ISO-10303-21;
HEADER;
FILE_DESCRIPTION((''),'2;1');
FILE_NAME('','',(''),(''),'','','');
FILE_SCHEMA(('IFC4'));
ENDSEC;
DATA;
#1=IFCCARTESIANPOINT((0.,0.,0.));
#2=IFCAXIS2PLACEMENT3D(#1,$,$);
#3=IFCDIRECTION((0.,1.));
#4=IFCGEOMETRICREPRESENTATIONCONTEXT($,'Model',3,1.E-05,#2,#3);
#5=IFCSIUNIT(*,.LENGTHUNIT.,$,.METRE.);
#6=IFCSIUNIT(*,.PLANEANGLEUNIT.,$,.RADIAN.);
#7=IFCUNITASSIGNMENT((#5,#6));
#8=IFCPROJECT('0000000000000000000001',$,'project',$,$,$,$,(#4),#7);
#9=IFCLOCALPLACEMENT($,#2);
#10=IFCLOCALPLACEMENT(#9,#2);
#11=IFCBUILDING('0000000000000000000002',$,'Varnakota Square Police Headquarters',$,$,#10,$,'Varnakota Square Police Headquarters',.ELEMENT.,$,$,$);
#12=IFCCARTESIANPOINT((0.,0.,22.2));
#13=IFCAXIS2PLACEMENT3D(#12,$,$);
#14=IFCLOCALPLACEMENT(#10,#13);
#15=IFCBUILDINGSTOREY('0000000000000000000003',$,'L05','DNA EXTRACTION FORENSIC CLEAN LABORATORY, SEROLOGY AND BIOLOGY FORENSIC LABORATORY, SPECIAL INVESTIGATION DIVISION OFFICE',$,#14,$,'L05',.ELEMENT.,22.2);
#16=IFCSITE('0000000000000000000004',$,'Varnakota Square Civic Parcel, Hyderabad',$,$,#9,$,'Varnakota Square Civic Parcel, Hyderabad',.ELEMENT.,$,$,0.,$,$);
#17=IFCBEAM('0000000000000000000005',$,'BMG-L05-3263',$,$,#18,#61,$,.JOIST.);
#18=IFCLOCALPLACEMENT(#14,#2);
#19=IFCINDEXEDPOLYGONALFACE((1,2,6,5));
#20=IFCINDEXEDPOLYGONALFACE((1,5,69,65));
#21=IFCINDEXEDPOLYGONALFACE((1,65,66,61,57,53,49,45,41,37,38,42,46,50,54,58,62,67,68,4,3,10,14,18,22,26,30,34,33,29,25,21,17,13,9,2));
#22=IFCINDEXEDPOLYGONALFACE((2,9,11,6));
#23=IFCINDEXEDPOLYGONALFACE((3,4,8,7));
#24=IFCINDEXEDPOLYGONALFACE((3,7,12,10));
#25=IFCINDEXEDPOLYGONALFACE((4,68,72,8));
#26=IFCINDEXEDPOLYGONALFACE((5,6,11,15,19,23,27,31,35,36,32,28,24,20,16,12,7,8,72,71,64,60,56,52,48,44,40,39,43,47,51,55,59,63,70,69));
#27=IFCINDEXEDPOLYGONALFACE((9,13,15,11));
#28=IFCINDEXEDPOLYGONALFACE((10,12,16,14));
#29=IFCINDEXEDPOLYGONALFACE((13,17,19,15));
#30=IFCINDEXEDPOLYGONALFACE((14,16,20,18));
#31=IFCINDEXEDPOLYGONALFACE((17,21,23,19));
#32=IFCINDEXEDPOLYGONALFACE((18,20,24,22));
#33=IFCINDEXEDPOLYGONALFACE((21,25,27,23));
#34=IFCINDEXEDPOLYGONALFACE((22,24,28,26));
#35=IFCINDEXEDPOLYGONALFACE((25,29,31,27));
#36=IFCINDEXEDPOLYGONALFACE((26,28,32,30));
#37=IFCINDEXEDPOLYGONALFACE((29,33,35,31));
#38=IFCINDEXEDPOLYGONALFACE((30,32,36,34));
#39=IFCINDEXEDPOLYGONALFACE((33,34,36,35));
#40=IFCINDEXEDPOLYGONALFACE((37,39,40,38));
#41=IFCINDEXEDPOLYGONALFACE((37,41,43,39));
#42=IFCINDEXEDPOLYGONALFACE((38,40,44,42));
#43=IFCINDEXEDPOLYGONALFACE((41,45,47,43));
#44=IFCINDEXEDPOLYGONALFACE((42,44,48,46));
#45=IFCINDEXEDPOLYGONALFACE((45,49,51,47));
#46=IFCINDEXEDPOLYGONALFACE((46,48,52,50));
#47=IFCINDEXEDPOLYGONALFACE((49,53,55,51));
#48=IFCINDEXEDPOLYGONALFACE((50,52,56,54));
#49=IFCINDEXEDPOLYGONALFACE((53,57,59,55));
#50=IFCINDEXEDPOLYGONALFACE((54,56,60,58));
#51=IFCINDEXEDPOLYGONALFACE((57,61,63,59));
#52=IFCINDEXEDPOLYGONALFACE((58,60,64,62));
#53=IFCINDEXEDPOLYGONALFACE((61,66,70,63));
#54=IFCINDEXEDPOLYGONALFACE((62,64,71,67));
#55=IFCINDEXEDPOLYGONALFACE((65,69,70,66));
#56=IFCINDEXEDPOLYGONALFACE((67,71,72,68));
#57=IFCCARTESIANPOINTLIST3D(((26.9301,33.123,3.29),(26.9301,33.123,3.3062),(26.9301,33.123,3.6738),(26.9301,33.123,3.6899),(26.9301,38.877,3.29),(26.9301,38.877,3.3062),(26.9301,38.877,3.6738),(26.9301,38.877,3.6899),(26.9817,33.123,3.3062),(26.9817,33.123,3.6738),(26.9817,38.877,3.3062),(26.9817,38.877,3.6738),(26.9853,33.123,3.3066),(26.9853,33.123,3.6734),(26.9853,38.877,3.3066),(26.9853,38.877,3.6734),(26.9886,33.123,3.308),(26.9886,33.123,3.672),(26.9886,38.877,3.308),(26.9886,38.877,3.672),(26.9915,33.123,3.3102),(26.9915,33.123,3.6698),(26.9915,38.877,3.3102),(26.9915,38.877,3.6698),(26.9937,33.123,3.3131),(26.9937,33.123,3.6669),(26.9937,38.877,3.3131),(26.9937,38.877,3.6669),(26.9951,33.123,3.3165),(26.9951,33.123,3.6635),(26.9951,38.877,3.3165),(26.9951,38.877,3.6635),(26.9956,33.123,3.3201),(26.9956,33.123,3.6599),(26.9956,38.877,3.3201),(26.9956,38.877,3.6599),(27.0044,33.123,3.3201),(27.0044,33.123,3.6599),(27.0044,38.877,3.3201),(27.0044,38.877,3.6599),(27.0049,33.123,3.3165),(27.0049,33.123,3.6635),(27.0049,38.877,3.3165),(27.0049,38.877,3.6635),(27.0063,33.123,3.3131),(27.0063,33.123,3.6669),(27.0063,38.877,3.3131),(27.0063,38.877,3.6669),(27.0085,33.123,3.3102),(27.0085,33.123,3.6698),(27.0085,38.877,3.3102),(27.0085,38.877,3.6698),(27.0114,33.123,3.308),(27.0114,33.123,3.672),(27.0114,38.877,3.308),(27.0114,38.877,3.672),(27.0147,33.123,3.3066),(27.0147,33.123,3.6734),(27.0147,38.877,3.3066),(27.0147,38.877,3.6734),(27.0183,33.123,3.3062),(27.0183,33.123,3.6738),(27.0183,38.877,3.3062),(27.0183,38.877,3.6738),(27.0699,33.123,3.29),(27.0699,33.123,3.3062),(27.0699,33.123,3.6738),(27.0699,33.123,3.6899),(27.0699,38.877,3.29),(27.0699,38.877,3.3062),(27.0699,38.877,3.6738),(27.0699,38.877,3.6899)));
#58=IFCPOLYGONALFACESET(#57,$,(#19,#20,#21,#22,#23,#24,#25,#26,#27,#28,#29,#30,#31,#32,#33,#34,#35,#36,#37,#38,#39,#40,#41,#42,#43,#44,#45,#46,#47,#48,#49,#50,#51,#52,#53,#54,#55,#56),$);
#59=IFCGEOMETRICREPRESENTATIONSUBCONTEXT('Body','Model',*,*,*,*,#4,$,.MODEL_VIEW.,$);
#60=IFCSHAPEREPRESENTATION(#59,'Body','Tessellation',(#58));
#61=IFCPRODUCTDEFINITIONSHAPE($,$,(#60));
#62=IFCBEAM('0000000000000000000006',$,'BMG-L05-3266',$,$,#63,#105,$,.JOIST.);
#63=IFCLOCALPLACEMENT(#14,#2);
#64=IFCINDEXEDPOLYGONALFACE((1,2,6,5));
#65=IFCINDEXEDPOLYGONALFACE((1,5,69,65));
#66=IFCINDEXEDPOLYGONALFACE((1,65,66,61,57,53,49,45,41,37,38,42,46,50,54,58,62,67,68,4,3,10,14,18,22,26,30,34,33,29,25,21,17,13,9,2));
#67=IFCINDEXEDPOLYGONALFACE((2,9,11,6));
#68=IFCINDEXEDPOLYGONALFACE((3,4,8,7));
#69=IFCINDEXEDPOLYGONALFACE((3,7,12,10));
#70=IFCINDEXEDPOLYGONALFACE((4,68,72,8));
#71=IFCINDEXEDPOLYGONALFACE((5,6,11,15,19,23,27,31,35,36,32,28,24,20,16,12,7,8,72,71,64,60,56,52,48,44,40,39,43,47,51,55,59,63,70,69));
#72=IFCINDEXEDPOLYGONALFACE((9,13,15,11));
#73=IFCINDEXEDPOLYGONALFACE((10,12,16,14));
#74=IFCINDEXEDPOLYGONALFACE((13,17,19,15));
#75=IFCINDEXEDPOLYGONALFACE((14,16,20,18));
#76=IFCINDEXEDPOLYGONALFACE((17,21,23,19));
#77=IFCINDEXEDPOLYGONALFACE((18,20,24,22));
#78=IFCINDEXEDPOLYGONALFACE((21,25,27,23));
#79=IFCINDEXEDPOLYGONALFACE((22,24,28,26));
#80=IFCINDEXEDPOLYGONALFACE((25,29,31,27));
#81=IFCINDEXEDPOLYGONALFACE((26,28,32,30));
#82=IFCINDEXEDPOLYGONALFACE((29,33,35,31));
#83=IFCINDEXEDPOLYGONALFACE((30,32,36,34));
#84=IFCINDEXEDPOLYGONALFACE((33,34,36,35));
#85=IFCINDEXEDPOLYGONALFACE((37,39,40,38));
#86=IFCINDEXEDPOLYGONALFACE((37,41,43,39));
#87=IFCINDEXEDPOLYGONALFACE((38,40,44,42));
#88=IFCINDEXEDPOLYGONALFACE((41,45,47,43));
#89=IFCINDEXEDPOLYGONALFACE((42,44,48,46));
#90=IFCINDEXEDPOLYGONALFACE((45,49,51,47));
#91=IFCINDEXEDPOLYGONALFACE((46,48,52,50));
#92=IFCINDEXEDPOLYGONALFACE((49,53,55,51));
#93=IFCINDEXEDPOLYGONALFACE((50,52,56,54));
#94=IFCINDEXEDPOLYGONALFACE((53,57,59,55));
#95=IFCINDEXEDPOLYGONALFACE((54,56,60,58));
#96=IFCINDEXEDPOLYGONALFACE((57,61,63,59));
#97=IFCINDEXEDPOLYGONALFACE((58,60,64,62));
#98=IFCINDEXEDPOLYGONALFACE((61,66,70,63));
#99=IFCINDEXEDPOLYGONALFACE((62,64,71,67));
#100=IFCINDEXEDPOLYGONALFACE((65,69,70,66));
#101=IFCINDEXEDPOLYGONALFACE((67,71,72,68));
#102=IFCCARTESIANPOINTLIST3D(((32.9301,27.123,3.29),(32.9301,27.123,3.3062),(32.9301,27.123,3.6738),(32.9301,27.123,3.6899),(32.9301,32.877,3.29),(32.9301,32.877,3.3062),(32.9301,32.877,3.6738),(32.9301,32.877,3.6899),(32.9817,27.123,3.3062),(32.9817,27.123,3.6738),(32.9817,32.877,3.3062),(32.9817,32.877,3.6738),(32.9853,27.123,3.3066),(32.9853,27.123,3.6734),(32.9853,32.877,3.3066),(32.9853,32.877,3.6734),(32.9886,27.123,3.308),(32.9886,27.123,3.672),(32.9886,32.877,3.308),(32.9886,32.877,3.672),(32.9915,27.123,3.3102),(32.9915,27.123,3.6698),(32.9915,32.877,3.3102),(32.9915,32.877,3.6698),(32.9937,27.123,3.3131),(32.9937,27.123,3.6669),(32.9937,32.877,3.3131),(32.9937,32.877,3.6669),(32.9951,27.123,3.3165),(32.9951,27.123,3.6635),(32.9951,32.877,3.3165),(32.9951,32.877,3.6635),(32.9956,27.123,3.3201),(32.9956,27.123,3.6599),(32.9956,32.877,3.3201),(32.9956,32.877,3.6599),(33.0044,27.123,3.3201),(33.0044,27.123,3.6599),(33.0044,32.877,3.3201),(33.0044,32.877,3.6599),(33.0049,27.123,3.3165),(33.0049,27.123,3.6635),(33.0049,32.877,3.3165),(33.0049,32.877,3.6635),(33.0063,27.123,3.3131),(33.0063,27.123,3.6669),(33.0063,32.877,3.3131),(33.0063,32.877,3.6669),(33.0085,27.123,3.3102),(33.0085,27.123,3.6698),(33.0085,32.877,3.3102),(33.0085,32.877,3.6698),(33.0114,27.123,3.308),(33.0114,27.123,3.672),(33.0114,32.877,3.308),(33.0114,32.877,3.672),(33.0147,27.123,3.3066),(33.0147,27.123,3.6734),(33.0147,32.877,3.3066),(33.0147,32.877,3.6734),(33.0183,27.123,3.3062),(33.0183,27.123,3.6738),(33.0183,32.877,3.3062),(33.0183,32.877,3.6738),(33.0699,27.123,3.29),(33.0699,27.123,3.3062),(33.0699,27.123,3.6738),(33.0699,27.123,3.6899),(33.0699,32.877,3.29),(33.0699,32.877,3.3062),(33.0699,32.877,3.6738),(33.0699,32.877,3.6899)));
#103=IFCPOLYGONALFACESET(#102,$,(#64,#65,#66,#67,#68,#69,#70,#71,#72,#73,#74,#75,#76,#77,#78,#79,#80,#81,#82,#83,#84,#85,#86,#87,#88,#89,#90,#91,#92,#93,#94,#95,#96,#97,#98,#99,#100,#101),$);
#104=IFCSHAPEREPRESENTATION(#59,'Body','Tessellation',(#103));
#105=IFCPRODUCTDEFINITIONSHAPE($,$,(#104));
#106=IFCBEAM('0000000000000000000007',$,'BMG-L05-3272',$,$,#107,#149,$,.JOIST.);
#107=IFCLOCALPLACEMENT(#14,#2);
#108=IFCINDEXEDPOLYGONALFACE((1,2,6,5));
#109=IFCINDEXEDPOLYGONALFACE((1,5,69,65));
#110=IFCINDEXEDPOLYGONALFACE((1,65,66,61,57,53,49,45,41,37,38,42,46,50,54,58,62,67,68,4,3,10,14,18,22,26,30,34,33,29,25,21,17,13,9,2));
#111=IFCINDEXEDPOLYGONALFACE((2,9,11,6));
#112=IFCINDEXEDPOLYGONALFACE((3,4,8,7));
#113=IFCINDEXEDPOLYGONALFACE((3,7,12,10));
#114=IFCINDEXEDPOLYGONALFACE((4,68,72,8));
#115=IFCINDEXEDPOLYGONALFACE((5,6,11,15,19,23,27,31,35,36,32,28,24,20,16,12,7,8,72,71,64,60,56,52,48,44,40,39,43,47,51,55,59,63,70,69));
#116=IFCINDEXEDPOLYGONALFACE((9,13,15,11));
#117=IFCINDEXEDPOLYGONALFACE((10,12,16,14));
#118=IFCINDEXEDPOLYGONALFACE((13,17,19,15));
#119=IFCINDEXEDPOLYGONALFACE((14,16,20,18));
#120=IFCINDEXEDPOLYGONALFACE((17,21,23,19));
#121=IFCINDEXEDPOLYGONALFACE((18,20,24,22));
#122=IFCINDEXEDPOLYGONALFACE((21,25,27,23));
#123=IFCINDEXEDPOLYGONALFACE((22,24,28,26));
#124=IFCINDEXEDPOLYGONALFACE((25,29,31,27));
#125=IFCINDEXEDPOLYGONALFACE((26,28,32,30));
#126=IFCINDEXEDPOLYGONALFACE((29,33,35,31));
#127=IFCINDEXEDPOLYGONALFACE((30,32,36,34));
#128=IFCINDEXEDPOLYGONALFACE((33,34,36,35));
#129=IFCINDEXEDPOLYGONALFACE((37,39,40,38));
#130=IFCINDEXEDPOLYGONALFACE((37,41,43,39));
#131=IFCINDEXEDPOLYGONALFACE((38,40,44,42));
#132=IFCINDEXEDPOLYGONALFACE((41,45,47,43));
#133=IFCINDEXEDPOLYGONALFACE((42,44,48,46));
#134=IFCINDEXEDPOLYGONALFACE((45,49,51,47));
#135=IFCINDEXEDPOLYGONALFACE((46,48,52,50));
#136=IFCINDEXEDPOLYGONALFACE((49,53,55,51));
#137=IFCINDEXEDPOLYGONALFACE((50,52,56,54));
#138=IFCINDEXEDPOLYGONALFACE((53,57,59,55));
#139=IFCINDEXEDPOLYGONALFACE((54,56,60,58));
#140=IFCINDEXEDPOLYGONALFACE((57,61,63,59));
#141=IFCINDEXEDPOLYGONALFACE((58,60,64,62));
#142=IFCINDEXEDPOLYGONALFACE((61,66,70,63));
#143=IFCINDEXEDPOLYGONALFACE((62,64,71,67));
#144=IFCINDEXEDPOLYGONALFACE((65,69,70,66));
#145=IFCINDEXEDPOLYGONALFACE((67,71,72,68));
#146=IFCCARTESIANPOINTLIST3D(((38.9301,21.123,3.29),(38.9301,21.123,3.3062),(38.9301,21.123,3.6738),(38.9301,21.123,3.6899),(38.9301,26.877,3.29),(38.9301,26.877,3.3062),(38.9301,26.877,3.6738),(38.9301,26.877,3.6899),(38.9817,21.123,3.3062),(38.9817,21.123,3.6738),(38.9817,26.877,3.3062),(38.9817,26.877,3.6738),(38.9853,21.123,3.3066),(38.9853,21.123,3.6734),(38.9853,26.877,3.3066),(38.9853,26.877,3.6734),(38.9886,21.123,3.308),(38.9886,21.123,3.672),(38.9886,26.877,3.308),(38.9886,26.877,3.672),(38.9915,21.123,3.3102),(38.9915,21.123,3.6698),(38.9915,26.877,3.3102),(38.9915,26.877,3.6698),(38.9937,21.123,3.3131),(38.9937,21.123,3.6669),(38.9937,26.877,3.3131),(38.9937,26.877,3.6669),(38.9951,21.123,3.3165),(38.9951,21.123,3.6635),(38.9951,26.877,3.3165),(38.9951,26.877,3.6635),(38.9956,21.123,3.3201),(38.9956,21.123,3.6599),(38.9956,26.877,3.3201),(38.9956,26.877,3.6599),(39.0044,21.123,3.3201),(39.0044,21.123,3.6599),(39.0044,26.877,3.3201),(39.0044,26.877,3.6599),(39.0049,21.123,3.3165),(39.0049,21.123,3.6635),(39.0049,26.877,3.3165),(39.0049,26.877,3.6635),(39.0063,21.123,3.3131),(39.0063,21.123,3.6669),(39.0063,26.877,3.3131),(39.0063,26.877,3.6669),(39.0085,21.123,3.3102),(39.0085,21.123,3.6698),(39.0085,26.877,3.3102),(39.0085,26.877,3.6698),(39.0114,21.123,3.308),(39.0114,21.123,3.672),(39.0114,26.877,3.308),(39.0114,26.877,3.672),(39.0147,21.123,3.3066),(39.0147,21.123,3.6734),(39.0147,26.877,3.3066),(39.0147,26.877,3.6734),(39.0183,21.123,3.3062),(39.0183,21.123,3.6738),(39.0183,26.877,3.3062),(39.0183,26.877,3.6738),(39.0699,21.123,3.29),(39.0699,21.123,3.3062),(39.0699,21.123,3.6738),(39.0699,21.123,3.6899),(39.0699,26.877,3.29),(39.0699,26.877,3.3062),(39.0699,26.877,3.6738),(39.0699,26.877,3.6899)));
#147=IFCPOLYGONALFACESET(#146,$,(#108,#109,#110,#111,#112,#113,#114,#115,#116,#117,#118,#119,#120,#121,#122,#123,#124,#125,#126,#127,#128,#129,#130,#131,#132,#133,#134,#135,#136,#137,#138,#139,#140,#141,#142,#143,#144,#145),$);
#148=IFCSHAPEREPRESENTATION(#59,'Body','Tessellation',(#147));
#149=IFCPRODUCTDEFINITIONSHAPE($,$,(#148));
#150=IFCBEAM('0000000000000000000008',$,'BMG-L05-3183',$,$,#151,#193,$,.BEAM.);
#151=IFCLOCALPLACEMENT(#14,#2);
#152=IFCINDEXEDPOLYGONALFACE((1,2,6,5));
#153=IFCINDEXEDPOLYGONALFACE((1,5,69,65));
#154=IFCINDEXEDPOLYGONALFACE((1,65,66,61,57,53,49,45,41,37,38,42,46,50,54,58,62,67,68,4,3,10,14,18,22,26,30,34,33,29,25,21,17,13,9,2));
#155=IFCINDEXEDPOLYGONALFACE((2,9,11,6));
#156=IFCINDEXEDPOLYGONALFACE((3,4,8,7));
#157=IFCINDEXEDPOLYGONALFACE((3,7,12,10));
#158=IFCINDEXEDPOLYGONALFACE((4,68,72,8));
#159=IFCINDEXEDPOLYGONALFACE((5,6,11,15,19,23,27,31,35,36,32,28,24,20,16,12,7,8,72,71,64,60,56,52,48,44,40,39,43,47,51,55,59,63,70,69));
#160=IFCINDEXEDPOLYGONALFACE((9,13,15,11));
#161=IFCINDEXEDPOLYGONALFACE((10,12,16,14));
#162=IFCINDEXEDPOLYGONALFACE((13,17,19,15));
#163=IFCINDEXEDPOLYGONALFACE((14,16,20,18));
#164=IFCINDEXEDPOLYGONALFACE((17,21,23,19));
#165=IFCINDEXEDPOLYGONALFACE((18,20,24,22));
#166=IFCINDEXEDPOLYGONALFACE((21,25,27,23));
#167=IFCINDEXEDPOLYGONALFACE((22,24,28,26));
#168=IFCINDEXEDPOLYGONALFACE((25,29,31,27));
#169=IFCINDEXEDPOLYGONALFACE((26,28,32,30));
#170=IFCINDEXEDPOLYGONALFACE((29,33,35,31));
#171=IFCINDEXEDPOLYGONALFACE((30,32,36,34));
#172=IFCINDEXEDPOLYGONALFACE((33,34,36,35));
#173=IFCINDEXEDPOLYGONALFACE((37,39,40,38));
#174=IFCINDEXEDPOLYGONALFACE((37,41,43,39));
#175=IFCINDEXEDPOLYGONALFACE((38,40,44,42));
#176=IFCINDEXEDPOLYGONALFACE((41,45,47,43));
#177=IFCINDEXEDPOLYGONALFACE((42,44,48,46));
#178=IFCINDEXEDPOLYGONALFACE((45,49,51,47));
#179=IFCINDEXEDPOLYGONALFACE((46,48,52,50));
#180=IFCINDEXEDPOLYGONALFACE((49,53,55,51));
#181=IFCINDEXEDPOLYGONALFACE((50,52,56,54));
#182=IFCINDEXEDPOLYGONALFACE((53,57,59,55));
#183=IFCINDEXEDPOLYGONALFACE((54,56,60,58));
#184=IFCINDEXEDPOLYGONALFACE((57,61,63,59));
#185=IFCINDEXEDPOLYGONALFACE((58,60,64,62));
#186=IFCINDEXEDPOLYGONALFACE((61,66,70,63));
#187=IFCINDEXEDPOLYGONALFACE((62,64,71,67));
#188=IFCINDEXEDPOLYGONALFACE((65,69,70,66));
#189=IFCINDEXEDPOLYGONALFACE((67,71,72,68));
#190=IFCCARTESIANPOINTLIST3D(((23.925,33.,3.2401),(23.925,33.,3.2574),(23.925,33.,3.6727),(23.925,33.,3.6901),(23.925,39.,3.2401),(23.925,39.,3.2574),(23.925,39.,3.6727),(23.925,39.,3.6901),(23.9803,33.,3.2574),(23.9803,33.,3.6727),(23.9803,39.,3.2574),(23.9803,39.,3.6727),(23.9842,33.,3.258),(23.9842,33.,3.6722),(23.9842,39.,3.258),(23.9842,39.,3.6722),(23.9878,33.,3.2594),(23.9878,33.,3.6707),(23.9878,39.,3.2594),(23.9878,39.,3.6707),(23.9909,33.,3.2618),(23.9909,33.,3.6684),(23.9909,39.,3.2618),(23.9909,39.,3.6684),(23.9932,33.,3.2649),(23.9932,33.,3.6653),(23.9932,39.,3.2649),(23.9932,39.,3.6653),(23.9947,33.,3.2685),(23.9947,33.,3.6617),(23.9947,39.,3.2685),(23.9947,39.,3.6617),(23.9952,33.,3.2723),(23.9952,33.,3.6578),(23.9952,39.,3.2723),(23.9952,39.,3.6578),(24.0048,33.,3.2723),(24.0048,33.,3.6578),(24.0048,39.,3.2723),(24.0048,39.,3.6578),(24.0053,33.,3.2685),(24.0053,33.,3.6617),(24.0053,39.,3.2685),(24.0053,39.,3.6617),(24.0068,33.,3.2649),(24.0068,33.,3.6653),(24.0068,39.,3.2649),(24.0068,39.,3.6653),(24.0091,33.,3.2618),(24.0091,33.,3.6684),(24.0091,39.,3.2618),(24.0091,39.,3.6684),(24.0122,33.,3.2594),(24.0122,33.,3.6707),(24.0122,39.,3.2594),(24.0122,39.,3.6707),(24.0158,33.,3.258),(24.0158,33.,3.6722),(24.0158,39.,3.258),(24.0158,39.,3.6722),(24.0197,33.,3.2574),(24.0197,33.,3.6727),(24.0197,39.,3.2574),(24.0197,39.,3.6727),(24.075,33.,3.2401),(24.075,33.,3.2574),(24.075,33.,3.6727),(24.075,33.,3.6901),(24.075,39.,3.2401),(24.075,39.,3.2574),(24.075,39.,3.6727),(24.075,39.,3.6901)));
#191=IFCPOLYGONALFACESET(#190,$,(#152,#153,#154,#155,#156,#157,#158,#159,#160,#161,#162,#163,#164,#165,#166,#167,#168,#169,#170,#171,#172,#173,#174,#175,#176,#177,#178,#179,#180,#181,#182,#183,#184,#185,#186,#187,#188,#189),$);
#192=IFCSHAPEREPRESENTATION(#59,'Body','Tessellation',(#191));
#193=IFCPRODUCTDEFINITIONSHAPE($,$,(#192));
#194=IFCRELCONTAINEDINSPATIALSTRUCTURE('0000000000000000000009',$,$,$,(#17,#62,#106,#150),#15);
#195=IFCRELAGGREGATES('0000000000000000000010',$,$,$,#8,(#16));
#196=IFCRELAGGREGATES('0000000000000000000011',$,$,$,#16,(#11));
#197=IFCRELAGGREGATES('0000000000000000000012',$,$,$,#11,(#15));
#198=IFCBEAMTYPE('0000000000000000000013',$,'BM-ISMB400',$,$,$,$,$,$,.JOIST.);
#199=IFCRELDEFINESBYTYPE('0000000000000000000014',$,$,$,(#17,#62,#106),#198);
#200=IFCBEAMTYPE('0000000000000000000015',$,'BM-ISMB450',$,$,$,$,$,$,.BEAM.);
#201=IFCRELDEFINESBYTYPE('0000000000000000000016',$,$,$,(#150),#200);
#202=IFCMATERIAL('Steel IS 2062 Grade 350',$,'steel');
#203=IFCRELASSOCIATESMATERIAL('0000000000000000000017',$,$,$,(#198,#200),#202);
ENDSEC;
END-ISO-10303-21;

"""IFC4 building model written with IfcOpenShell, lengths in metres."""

from ifc_helpers import new_model, si_unit, direction, frame, origin, origin_2d, place, context, subcontext, project, spatial, i_section, extrude, material, material_profile, profile_set, type_object, element, save


model = new_model("IFC4")

# Units and contexts
model_context = context("Model", 3, precision=1e-05, world=origin(), true_north=direction((0.0, 1.0)))
body_context = subcontext(model_context, "Body", "Model", "MODEL_VIEW")
ifc_project = project(units=[si_unit("LENGTHUNIT", "METRE"), si_unit("PLANEANGLEUNIT", "RADIAN")], contexts=[model_context])

# Site, building, storey
site_placement = place(None, origin())
site = spatial("IfcSite", under=ifc_project, at=site_placement, Name="Varnakota Square Civic Parcel, Hyderabad", LongName="Varnakota Square Civic Parcel, Hyderabad", CompositionType="ELEMENT", RefElevation=0.0)
building_placement = place(site_placement, origin())
building = spatial("IfcBuilding", under=site, at=building_placement, Name="Varnakota Square Police Headquarters", LongName="Varnakota Square Police Headquarters", CompositionType="ELEMENT")
storey_placement = place(building_placement, frame((0.0, 0.0, 22.2)))
storey = spatial("IfcBuildingStorey", under=building, at=storey_placement, Name="L05", Description="DNA EXTRACTION FORENSIC CLEAN LABORATORY, SEROLOGY AND BIOLOGY FORENSIC LABORATORY, SPECIAL INVESTIGATION DIVISION OFFICE", LongName="L05", CompositionType="ELEMENT", Elevation=22.2)

# Shared definitions
ifc_material_1 = material(Name="Steel IS 2062 Grade 350", Category="steel")

# Beams
ifc_material_profile_1 = material_profile(ifc_material_1, i_section(OverallWidth=0.1399, OverallDepth=0.3999, WebThickness=0.0088, FlangeThickness=0.0161, FilletRadius=0.0139, at=origin_2d()), Name="ISMB 400")
ifc_profile_set_1 = profile_set([ifc_material_profile_1], Name="Steel IS 2062 Grade 350")
beam_type_1 = type_object("IfcBeamType", Name="BM-ISMB400", PredefinedType="JOIST", material=ifc_profile_set_1)
for number, where, z_axis, x_axis, name in (
    (1, (27.0, 33.123, 3.49), (0.0, 1.0, 0.0), (-1.0, 0.0, 0.0), "BMG-L05-3263"),
    (2, (33.0, 27.123, 3.49), (0.0, 1.0, 0.0), (-1.0, 0.0, 0.0), "BMG-L05-3266"),
    (3, (39.0, 21.123, 3.49), (0.0, 1.0, 0.0), (-1.0, 0.0, 0.0), "BMG-L05-3272"),
):
    element("IfcBeam", number, at=place(storey_placement, frame(where, z_axis=z_axis, x_axis=x_axis)), inside=storey, type_object=beam_type_1, Name=name, PredefinedType="JOIST", context=body_context, shape_type="SweptSolid", body=[
        extrude(i_section(OverallWidth=0.1399, OverallDepth=0.3999, WebThickness=0.0088, FlangeThickness=0.0161, FilletRadius=0.0139, at=origin_2d()), origin(), (0.0, 0.0, 1.0), 5.7539),
    ])
ifc_material_profile_2 = material_profile(ifc_material_1, i_section(OverallWidth=0.1499, OverallDepth=0.45, WebThickness=0.0095, FlangeThickness=0.0173, FilletRadius=0.0149, at=origin_2d()), Name="ISMB 450")
ifc_profile_set_2 = profile_set([ifc_material_profile_2], Name="Steel IS 2062 Grade 350")
beam_type_2 = type_object("IfcBeamType", Name="BM-ISMB450", PredefinedType="BEAM", material=ifc_profile_set_2)
for number, where, z_axis, x_axis, name in (
    (4, (24.0, 33.0, 3.4651), (0.0, 1.0, 0.0), (-1.0, 0.0, 0.0), "BMG-L05-3183"),
):
    element("IfcBeam", number, at=place(storey_placement, frame(where, z_axis=z_axis, x_axis=x_axis)), inside=storey, type_object=beam_type_2, Name=name, PredefinedType="BEAM", context=body_context, shape_type="SweptSolid", body=[
        extrude(i_section(OverallWidth=0.1499, OverallDepth=0.45, WebThickness=0.0095, FlangeThickness=0.0173, FilletRadius=0.0149, at=origin_2d()), origin(), (0.0, 0.0, 1.0), 6.0),
    ])

save(model, "model.ifc")
